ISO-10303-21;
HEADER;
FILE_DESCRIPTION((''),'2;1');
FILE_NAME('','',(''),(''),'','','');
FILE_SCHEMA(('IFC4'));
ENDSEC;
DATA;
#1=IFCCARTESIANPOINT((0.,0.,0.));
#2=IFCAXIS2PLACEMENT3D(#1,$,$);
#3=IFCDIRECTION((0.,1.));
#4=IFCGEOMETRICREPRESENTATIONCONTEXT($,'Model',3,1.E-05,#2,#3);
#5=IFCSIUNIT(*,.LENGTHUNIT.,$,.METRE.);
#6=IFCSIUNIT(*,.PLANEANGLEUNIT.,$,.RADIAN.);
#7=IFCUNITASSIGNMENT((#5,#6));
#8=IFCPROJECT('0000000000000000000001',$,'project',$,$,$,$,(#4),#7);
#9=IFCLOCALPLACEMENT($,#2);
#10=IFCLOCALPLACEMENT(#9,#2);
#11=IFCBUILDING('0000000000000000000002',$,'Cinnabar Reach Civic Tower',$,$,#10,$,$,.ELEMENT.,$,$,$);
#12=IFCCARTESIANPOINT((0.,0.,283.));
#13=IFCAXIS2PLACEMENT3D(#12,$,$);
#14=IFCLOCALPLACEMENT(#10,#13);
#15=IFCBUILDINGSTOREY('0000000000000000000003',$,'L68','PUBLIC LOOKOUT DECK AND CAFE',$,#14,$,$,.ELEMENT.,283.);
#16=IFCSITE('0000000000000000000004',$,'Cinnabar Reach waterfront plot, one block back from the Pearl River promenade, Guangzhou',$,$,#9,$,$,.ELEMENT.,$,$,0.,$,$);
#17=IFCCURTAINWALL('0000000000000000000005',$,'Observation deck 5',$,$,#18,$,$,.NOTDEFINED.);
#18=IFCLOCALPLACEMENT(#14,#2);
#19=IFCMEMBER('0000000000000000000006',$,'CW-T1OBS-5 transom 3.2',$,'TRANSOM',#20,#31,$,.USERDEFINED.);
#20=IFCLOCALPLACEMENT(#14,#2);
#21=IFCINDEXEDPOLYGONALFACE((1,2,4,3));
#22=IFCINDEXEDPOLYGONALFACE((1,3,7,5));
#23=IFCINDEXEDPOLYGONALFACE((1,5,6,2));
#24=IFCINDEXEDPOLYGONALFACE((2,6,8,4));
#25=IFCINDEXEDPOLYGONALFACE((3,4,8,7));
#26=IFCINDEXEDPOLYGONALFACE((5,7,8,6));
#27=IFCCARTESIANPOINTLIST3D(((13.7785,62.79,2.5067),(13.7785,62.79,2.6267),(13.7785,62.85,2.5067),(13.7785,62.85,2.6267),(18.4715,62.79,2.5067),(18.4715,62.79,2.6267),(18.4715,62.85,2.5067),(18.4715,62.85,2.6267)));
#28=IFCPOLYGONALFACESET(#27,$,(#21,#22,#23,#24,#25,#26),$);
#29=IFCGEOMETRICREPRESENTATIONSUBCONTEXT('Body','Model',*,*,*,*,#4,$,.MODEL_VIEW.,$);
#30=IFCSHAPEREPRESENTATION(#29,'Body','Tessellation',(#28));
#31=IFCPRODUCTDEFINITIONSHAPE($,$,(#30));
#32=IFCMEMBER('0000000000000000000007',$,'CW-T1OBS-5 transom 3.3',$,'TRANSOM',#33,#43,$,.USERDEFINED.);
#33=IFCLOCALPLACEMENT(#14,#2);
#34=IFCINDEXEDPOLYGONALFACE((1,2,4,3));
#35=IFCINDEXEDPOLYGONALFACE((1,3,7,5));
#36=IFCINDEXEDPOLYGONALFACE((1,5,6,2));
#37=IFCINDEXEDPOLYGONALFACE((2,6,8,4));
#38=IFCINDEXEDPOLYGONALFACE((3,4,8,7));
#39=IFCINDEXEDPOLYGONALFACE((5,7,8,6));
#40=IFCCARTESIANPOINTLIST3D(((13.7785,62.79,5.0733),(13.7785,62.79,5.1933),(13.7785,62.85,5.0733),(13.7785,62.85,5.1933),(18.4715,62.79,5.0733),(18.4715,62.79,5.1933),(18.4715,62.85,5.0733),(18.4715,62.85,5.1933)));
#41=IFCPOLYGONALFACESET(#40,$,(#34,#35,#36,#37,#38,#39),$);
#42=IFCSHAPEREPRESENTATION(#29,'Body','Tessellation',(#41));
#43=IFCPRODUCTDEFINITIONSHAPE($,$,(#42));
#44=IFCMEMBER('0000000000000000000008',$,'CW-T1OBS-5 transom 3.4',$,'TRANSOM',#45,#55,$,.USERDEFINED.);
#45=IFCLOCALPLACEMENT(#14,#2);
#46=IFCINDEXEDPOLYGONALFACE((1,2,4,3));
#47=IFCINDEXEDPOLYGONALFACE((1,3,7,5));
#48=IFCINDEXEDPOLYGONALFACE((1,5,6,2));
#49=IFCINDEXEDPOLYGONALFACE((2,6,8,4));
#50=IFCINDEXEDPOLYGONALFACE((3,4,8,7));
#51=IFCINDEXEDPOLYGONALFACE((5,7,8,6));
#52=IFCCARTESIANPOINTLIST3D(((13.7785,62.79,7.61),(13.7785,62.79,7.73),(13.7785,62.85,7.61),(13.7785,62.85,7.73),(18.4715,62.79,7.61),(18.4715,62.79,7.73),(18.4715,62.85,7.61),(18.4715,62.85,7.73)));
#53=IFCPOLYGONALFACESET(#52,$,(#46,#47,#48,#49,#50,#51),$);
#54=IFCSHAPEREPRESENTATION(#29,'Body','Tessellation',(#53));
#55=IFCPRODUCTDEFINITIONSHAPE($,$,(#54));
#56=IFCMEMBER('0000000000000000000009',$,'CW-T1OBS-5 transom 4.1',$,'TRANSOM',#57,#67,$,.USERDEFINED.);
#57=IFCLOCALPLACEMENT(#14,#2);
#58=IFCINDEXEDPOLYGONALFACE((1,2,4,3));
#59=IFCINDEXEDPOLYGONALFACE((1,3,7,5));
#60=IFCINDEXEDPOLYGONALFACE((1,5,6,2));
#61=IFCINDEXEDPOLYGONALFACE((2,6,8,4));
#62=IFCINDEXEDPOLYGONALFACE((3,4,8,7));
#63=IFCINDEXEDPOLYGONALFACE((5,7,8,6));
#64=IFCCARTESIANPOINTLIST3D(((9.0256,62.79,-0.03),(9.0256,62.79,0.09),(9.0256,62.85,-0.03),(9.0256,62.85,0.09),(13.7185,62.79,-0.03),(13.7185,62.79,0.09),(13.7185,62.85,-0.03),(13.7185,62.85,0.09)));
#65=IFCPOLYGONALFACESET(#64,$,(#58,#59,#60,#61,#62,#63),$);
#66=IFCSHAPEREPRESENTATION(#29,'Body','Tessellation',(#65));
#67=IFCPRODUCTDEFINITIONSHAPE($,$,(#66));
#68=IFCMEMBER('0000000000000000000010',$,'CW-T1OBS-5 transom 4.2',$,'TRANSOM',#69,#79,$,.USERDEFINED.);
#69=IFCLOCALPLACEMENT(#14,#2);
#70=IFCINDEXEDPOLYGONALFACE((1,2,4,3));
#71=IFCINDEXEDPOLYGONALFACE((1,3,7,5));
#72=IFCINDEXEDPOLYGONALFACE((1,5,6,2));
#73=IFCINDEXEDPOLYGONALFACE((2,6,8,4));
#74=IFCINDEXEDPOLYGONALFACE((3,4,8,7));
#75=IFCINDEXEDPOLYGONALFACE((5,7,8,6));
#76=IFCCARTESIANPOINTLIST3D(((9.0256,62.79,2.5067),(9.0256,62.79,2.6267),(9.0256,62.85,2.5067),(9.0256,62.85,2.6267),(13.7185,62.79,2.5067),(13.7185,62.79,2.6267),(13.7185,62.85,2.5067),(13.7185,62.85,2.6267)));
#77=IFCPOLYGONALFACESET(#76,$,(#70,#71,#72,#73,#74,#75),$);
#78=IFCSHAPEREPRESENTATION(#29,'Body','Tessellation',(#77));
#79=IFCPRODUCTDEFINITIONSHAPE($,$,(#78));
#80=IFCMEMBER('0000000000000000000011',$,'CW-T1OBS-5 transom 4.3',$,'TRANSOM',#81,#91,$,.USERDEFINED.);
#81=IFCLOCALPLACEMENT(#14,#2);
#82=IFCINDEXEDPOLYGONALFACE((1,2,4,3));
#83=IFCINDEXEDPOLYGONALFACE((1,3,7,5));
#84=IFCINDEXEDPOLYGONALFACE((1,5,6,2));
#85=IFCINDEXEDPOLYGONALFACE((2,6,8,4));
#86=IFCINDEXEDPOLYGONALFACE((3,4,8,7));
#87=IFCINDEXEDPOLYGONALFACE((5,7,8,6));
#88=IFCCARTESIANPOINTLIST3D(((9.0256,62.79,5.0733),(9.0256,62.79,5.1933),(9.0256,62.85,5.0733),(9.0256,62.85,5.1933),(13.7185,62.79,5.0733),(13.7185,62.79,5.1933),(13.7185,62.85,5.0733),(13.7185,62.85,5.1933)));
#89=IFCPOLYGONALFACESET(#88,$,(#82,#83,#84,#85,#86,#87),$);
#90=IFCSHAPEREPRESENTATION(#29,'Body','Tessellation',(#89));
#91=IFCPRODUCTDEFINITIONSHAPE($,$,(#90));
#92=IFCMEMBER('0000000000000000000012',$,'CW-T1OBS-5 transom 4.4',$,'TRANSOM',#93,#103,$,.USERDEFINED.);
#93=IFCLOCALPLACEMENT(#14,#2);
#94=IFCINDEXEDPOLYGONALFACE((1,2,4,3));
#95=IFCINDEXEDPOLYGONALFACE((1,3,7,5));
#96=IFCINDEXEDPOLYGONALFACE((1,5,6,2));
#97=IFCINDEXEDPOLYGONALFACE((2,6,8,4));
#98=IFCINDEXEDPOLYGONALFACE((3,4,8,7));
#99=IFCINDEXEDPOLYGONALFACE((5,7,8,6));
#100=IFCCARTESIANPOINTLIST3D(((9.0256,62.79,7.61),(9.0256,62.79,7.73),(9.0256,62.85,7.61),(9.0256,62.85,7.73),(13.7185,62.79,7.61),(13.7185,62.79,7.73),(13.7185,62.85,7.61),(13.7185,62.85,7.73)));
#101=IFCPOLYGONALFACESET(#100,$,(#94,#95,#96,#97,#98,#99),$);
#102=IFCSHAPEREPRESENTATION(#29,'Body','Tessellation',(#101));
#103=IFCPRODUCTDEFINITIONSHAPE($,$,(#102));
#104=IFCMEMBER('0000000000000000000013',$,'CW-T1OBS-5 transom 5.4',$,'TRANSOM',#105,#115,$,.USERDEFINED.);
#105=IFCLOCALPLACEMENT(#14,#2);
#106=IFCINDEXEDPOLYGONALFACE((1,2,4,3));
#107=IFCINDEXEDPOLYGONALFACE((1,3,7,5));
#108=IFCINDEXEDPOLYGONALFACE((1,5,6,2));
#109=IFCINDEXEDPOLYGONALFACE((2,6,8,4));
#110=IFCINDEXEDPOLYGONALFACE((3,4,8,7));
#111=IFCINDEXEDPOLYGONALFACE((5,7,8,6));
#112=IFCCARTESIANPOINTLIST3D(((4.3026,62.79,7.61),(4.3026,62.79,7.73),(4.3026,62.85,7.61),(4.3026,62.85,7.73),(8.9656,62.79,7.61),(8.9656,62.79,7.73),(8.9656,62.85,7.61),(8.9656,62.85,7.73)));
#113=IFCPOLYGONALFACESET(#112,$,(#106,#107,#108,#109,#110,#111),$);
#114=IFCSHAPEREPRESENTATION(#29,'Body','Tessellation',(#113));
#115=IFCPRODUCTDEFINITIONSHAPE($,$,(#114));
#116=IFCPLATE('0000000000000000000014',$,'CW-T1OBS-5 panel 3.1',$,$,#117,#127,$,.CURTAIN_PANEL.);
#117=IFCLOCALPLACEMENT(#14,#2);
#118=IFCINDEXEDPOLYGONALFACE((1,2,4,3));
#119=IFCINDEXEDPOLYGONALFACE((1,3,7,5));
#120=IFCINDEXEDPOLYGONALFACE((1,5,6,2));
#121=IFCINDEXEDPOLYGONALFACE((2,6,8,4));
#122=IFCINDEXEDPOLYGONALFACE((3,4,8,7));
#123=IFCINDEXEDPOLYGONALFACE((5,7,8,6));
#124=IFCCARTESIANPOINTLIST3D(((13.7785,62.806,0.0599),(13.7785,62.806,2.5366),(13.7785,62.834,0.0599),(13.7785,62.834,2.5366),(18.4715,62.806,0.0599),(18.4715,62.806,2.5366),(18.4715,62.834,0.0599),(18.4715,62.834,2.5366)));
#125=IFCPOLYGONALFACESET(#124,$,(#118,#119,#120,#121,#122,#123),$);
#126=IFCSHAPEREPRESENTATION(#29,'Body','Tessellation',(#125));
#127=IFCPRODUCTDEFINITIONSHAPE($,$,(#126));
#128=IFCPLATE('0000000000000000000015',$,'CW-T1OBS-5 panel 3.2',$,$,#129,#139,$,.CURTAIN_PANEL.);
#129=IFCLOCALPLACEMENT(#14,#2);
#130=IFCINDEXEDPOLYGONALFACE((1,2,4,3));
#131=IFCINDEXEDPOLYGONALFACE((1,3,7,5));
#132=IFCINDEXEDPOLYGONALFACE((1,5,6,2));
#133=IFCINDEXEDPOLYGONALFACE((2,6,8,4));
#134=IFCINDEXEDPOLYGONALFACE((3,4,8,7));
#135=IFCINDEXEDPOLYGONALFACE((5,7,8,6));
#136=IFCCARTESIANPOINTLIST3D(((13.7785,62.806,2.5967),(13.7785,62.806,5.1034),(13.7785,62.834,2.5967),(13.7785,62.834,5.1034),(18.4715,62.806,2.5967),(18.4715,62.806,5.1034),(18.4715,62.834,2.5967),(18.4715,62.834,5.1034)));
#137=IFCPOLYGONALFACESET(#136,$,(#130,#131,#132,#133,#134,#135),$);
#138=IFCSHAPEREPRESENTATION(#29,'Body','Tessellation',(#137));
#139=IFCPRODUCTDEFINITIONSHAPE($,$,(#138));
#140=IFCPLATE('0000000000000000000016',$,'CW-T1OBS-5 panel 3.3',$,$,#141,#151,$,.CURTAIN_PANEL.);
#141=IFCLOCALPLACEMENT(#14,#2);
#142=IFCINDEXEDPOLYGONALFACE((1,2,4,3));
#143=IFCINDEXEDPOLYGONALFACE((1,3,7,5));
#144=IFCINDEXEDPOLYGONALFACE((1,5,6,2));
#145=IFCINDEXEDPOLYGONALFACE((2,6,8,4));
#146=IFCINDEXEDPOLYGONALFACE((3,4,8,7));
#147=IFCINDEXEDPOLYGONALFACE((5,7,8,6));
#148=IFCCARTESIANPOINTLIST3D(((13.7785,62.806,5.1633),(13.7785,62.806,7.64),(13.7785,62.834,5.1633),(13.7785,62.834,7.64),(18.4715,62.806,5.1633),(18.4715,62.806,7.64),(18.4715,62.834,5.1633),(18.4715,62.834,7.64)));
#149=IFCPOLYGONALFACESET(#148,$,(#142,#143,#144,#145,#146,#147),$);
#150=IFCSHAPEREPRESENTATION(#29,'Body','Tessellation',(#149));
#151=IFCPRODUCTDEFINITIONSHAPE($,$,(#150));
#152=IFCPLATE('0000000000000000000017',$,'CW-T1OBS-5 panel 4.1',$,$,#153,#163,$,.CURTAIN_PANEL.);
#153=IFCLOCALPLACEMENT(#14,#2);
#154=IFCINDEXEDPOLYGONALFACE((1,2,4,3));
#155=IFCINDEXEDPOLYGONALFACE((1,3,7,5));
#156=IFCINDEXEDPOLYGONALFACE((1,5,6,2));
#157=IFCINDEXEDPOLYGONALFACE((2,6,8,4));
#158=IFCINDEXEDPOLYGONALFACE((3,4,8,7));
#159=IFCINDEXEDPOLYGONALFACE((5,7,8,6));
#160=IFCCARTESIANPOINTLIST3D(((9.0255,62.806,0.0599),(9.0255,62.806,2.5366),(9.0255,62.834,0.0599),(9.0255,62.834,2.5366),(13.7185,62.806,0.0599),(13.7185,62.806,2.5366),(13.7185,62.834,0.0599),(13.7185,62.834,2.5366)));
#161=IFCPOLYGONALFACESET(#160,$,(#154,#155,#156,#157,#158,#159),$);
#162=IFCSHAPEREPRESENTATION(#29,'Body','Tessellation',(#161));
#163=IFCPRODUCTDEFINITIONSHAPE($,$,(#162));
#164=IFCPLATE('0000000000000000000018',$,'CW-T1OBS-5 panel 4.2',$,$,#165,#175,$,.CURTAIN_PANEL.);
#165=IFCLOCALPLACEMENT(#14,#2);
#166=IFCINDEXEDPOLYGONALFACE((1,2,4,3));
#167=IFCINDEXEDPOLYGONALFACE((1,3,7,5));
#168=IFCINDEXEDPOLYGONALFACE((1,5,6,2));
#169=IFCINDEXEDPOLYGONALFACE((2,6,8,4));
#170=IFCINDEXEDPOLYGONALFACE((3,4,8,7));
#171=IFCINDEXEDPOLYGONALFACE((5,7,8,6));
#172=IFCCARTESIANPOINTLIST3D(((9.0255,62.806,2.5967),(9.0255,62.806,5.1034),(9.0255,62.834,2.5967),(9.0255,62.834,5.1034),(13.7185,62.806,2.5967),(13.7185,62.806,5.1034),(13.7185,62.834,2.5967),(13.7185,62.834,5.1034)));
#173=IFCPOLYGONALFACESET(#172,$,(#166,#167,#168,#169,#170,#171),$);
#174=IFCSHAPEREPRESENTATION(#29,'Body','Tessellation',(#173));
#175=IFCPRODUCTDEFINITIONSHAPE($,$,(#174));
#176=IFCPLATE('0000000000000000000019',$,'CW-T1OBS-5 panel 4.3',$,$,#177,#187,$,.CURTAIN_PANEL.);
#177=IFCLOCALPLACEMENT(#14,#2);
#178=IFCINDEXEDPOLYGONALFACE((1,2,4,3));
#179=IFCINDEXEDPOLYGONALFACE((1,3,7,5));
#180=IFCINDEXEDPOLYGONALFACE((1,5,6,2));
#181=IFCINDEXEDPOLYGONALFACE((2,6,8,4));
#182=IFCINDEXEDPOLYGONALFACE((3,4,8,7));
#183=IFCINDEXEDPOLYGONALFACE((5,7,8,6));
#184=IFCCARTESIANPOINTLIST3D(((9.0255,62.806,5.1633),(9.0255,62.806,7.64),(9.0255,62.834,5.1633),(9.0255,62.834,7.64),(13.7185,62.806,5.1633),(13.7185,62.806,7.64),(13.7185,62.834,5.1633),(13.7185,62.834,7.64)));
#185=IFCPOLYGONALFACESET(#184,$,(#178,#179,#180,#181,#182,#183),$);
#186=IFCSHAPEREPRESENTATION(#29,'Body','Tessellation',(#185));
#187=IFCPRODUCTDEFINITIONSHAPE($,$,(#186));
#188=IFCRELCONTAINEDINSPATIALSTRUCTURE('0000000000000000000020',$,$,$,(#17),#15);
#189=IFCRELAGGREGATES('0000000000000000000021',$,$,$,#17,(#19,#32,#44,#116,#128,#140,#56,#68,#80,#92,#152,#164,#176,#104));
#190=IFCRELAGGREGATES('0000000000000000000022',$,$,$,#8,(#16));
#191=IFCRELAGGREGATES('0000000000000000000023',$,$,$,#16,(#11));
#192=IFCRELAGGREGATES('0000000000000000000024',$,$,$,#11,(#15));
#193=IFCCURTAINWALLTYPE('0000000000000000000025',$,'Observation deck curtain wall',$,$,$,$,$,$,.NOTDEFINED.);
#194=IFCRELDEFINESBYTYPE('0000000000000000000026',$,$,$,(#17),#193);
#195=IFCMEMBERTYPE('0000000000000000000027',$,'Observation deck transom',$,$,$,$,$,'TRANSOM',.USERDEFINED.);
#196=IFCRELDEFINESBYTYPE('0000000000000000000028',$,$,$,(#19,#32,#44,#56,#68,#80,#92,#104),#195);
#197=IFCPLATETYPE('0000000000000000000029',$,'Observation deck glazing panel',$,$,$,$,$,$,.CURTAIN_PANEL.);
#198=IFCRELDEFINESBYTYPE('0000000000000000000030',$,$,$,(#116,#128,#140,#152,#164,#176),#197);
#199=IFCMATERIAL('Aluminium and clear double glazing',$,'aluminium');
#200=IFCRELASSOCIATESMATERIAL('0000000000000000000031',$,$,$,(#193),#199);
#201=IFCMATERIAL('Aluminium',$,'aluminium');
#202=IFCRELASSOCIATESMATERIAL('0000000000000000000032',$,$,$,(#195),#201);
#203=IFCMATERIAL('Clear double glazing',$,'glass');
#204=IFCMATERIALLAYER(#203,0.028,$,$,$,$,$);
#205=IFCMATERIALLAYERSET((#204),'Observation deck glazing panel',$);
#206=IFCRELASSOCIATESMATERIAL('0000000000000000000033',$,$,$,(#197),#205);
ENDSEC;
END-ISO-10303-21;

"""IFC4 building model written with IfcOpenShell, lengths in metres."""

from ifc_helpers import new_model, si_unit, direction, frame, origin, origin_2d, place, context, subcontext, project, spatial, rectangle, extrude, material, layer, layer_set, material_profile, profile_set, type_object, element, aggregate, save


model = new_model("IFC4")

# Units and contexts
model_context = context("Model", 3, precision=1e-05, world=origin(), true_north=direction((0.0, 1.0)))
body_context = subcontext(model_context, "Body", "Model", "MODEL_VIEW")
ifc_project = project(units=[si_unit("LENGTHUNIT", "METRE"), si_unit("PLANEANGLEUNIT", "RADIAN")], contexts=[model_context])

# Site, building, storey
site_placement = place(None, origin())
site = spatial("IfcSite", under=ifc_project, at=site_placement, Name="Cinnabar Reach waterfront plot, one block back from the Pearl River promenade, Guangzhou", CompositionType="ELEMENT", RefElevation=0.0)
building_placement = place(site_placement, origin())
building = spatial("IfcBuilding", under=site, at=building_placement, Name="Cinnabar Reach Civic Tower", CompositionType="ELEMENT")
storey_placement = place(building_placement, frame((0.0, 0.0, 283.0)))
storey = spatial("IfcBuildingStorey", under=building, at=storey_placement, Name="L68", Description="PUBLIC LOOKOUT DECK AND CAFE", CompositionType="ELEMENT", Elevation=283.0)

# Curtain wall, members, plates
ifc_material_1 = material(Name="Aluminium and clear double glazing", Category="aluminium")
curtain_wall_type = type_object("IfcCurtainWallType", Name="Observation deck curtain wall", PredefinedType="NOTDEFINED", material=ifc_material_1)
curtain_wall_placement = place(storey_placement, origin())
curtain_wall = element("IfcCurtainWall", 1, at=curtain_wall_placement, inside=storey, type_object=curtain_wall_type, Name="Observation deck 5", PredefinedType="NOTDEFINED")
ifc_material_2 = material(Name="Aluminium", Category="aluminium")
ifc_material_profile_1 = material_profile(ifc_material_2, rectangle(XDim=0.06, YDim=0.12, at=origin_2d()), Name="Observation deck transom")
ifc_profile_set_1 = profile_set([ifc_material_profile_1], Name="Aluminium")
member_type_1 = type_object("IfcMemberType", Name="Observation deck transom", ElementType="TRANSOM", PredefinedType="USERDEFINED", material=ifc_profile_set_1)
member_1_placement = place(storey_placement, frame((18.4715, 62.82, 2.5667), z_axis=(-1.0, 0.0, 0.0), x_axis=(0.0, -1.0, 0.0)))
member_1 = element("IfcMember", 2, at=member_1_placement, type_object=member_type_1, Name="CW-T1OBS-5 transom 3.2", ObjectType="TRANSOM", PredefinedType="USERDEFINED", context=body_context, shape_type="SweptSolid", body=[
    extrude(rectangle(XDim=0.06, YDim=0.12, at=origin_2d()), origin(), (0.0, 0.0, 1.0), 4.693),
])
member_2_placement = place(storey_placement, frame((18.4715, 62.82, 5.1333), z_axis=(-1.0, 0.0, 0.0), x_axis=(0.0, -1.0, 0.0)))
member_2 = element("IfcMember", 3, at=member_2_placement, type_object=member_type_1, Name="CW-T1OBS-5 transom 3.3", ObjectType="TRANSOM", PredefinedType="USERDEFINED", context=body_context, shape_type="SweptSolid", body=[
    extrude(rectangle(XDim=0.06, YDim=0.12, at=origin_2d()), origin(), (0.0, 0.0, 1.0), 4.693),
])
member_3_placement = place(storey_placement, frame((18.4715, 62.82, 7.67), z_axis=(-1.0, 0.0, 0.0), x_axis=(0.0, -1.0, 0.0)))
member_3 = element("IfcMember", 4, at=member_3_placement, type_object=member_type_1, Name="CW-T1OBS-5 transom 3.4", ObjectType="TRANSOM", PredefinedType="USERDEFINED", context=body_context, shape_type="SweptSolid", body=[
    extrude(rectangle(XDim=0.06, YDim=0.12, at=origin_2d()), origin(), (0.0, 0.0, 1.0), 4.693),
])
member_4_placement = place(storey_placement, frame((13.7185, 62.82, 0.03), z_axis=(-1.0, 0.0, 0.0), x_axis=(0.0, -1.0, 0.0)))
member_4 = element("IfcMember", 5, at=member_4_placement, type_object=member_type_1, Name="CW-T1OBS-5 transom 4.1", ObjectType="TRANSOM", PredefinedType="USERDEFINED", context=body_context, shape_type="SweptSolid", body=[
    extrude(rectangle(XDim=0.06, YDim=0.12, at=origin_2d()), origin(), (0.0, 0.0, 1.0), 4.6929),
])
member_5_placement = place(storey_placement, frame((13.7185, 62.82, 2.5667), z_axis=(-1.0, 0.0, 0.0), x_axis=(0.0, -1.0, 0.0)))
member_5 = element("IfcMember", 6, at=member_5_placement, type_object=member_type_1, Name="CW-T1OBS-5 transom 4.2", ObjectType="TRANSOM", PredefinedType="USERDEFINED", context=body_context, shape_type="SweptSolid", body=[
    extrude(rectangle(XDim=0.06, YDim=0.12, at=origin_2d()), origin(), (0.0, 0.0, 1.0), 4.6929),
])
member_6_placement = place(storey_placement, frame((13.7185, 62.82, 5.1333), z_axis=(-1.0, 0.0, 0.0), x_axis=(0.0, -1.0, 0.0)))
member_6 = element("IfcMember", 7, at=member_6_placement, type_object=member_type_1, Name="CW-T1OBS-5 transom 4.3", ObjectType="TRANSOM", PredefinedType="USERDEFINED", context=body_context, shape_type="SweptSolid", body=[
    extrude(rectangle(XDim=0.06, YDim=0.12, at=origin_2d()), origin(), (0.0, 0.0, 1.0), 4.6929),
])
member_7_placement = place(storey_placement, frame((13.7185, 62.82, 7.67), z_axis=(-1.0, 0.0, 0.0), x_axis=(0.0, -1.0, 0.0)))
member_7 = element("IfcMember", 8, at=member_7_placement, type_object=member_type_1, Name="CW-T1OBS-5 transom 4.4", ObjectType="TRANSOM", PredefinedType="USERDEFINED", context=body_context, shape_type="SweptSolid", body=[
    extrude(rectangle(XDim=0.06, YDim=0.12, at=origin_2d()), origin(), (0.0, 0.0, 1.0), 4.6929),
])
member_8_placement = place(storey_placement, frame((8.9656, 62.82, 7.67), z_axis=(-1.0, 0.0, 0.0), x_axis=(0.0, -1.0, 0.0)))
member_8 = element("IfcMember", 9, at=member_8_placement, type_object=member_type_1, Name="CW-T1OBS-5 transom 5.4", ObjectType="TRANSOM", PredefinedType="USERDEFINED", context=body_context, shape_type="SweptSolid", body=[
    extrude(rectangle(XDim=0.06, YDim=0.12, at=origin_2d()), origin(), (0.0, 0.0, 1.0), 4.663),
])
ifc_material_3 = material(Name="Clear double glazing", Category="glass")
ifc_layer = layer(ifc_material_3, 0.028)
ifc_layer_set = layer_set([ifc_layer], Name="Observation deck glazing panel")
plate_type = type_object("IfcPlateType", Name="Observation deck glazing panel", PredefinedType="CURTAIN_PANEL", material=ifc_layer_set)
plate_1_placement = place(storey_placement, frame((16.125, 62.82, 0.0599), z_axis=(0.0, 0.0, 1.0), x_axis=(-1.0, 0.0, 0.0)))
plate_1 = element("IfcPlate", 10, at=plate_1_placement, type_object=plate_type, Name="CW-T1OBS-5 panel 3.1", PredefinedType="CURTAIN_PANEL", context=body_context, shape_type="SweptSolid", body=[
    extrude(rectangle(XDim=4.693, YDim=0.028, at=origin_2d()), origin(), (0.0, 0.0, 1.0), 2.4767),
])
plate_2_placement = place(storey_placement, frame((16.125, 62.82, 2.5967), z_axis=(0.0, 0.0, 1.0), x_axis=(-1.0, 0.0, 0.0)))
plate_2 = element("IfcPlate", 11, at=plate_2_placement, type_object=plate_type, Name="CW-T1OBS-5 panel 3.2", PredefinedType="CURTAIN_PANEL", context=body_context, shape_type="SweptSolid", body=[
    extrude(rectangle(XDim=4.693, YDim=0.028, at=origin_2d()), origin(), (0.0, 0.0, 1.0), 2.5067),
])
plate_3_placement = place(storey_placement, frame((16.125, 62.82, 5.1633), z_axis=(0.0, 0.0, 1.0), x_axis=(-1.0, 0.0, 0.0)))
plate_3 = element("IfcPlate", 12, at=plate_3_placement, type_object=plate_type, Name="CW-T1OBS-5 panel 3.3", PredefinedType="CURTAIN_PANEL", context=body_context, shape_type="SweptSolid", body=[
    extrude(rectangle(XDim=4.693, YDim=0.028, at=origin_2d()), origin(), (0.0, 0.0, 1.0), 2.4767),
])
plate_4_placement = place(storey_placement, frame((11.372, 62.82, 0.0599), z_axis=(0.0, 0.0, 1.0), x_axis=(-1.0, 0.0, 0.0)))
plate_4 = element("IfcPlate", 13, at=plate_4_placement, type_object=plate_type, Name="CW-T1OBS-5 panel 4.1", PredefinedType="CURTAIN_PANEL", context=body_context, shape_type="SweptSolid", body=[
    extrude(rectangle(XDim=4.693, YDim=0.028, at=origin_2d()), origin(), (0.0, 0.0, 1.0), 2.4767),
])
plate_5_placement = place(storey_placement, frame((11.372, 62.82, 2.5967), z_axis=(0.0, 0.0, 1.0), x_axis=(-1.0, 0.0, 0.0)))
plate_5 = element("IfcPlate", 14, at=plate_5_placement, type_object=plate_type, Name="CW-T1OBS-5 panel 4.2", PredefinedType="CURTAIN_PANEL", context=body_context, shape_type="SweptSolid", body=[
    extrude(rectangle(XDim=4.693, YDim=0.028, at=origin_2d()), origin(), (0.0, 0.0, 1.0), 2.5067),
])
plate_6_placement = place(storey_placement, frame((11.372, 62.82, 5.1633), z_axis=(0.0, 0.0, 1.0), x_axis=(-1.0, 0.0, 0.0)))
plate_6 = element("IfcPlate", 15, at=plate_6_placement, type_object=plate_type, Name="CW-T1OBS-5 panel 4.3", PredefinedType="CURTAIN_PANEL", context=body_context, shape_type="SweptSolid", body=[
    extrude(rectangle(XDim=4.693, YDim=0.028, at=origin_2d()), origin(), (0.0, 0.0, 1.0), 2.4767),
])
aggregate(curtain_wall, [member_1, member_2, member_3, plate_1, plate_2, plate_3, member_4, member_5, member_6, member_7, plate_4, plate_5, plate_6, member_8])

save(model, "model.ifc")
